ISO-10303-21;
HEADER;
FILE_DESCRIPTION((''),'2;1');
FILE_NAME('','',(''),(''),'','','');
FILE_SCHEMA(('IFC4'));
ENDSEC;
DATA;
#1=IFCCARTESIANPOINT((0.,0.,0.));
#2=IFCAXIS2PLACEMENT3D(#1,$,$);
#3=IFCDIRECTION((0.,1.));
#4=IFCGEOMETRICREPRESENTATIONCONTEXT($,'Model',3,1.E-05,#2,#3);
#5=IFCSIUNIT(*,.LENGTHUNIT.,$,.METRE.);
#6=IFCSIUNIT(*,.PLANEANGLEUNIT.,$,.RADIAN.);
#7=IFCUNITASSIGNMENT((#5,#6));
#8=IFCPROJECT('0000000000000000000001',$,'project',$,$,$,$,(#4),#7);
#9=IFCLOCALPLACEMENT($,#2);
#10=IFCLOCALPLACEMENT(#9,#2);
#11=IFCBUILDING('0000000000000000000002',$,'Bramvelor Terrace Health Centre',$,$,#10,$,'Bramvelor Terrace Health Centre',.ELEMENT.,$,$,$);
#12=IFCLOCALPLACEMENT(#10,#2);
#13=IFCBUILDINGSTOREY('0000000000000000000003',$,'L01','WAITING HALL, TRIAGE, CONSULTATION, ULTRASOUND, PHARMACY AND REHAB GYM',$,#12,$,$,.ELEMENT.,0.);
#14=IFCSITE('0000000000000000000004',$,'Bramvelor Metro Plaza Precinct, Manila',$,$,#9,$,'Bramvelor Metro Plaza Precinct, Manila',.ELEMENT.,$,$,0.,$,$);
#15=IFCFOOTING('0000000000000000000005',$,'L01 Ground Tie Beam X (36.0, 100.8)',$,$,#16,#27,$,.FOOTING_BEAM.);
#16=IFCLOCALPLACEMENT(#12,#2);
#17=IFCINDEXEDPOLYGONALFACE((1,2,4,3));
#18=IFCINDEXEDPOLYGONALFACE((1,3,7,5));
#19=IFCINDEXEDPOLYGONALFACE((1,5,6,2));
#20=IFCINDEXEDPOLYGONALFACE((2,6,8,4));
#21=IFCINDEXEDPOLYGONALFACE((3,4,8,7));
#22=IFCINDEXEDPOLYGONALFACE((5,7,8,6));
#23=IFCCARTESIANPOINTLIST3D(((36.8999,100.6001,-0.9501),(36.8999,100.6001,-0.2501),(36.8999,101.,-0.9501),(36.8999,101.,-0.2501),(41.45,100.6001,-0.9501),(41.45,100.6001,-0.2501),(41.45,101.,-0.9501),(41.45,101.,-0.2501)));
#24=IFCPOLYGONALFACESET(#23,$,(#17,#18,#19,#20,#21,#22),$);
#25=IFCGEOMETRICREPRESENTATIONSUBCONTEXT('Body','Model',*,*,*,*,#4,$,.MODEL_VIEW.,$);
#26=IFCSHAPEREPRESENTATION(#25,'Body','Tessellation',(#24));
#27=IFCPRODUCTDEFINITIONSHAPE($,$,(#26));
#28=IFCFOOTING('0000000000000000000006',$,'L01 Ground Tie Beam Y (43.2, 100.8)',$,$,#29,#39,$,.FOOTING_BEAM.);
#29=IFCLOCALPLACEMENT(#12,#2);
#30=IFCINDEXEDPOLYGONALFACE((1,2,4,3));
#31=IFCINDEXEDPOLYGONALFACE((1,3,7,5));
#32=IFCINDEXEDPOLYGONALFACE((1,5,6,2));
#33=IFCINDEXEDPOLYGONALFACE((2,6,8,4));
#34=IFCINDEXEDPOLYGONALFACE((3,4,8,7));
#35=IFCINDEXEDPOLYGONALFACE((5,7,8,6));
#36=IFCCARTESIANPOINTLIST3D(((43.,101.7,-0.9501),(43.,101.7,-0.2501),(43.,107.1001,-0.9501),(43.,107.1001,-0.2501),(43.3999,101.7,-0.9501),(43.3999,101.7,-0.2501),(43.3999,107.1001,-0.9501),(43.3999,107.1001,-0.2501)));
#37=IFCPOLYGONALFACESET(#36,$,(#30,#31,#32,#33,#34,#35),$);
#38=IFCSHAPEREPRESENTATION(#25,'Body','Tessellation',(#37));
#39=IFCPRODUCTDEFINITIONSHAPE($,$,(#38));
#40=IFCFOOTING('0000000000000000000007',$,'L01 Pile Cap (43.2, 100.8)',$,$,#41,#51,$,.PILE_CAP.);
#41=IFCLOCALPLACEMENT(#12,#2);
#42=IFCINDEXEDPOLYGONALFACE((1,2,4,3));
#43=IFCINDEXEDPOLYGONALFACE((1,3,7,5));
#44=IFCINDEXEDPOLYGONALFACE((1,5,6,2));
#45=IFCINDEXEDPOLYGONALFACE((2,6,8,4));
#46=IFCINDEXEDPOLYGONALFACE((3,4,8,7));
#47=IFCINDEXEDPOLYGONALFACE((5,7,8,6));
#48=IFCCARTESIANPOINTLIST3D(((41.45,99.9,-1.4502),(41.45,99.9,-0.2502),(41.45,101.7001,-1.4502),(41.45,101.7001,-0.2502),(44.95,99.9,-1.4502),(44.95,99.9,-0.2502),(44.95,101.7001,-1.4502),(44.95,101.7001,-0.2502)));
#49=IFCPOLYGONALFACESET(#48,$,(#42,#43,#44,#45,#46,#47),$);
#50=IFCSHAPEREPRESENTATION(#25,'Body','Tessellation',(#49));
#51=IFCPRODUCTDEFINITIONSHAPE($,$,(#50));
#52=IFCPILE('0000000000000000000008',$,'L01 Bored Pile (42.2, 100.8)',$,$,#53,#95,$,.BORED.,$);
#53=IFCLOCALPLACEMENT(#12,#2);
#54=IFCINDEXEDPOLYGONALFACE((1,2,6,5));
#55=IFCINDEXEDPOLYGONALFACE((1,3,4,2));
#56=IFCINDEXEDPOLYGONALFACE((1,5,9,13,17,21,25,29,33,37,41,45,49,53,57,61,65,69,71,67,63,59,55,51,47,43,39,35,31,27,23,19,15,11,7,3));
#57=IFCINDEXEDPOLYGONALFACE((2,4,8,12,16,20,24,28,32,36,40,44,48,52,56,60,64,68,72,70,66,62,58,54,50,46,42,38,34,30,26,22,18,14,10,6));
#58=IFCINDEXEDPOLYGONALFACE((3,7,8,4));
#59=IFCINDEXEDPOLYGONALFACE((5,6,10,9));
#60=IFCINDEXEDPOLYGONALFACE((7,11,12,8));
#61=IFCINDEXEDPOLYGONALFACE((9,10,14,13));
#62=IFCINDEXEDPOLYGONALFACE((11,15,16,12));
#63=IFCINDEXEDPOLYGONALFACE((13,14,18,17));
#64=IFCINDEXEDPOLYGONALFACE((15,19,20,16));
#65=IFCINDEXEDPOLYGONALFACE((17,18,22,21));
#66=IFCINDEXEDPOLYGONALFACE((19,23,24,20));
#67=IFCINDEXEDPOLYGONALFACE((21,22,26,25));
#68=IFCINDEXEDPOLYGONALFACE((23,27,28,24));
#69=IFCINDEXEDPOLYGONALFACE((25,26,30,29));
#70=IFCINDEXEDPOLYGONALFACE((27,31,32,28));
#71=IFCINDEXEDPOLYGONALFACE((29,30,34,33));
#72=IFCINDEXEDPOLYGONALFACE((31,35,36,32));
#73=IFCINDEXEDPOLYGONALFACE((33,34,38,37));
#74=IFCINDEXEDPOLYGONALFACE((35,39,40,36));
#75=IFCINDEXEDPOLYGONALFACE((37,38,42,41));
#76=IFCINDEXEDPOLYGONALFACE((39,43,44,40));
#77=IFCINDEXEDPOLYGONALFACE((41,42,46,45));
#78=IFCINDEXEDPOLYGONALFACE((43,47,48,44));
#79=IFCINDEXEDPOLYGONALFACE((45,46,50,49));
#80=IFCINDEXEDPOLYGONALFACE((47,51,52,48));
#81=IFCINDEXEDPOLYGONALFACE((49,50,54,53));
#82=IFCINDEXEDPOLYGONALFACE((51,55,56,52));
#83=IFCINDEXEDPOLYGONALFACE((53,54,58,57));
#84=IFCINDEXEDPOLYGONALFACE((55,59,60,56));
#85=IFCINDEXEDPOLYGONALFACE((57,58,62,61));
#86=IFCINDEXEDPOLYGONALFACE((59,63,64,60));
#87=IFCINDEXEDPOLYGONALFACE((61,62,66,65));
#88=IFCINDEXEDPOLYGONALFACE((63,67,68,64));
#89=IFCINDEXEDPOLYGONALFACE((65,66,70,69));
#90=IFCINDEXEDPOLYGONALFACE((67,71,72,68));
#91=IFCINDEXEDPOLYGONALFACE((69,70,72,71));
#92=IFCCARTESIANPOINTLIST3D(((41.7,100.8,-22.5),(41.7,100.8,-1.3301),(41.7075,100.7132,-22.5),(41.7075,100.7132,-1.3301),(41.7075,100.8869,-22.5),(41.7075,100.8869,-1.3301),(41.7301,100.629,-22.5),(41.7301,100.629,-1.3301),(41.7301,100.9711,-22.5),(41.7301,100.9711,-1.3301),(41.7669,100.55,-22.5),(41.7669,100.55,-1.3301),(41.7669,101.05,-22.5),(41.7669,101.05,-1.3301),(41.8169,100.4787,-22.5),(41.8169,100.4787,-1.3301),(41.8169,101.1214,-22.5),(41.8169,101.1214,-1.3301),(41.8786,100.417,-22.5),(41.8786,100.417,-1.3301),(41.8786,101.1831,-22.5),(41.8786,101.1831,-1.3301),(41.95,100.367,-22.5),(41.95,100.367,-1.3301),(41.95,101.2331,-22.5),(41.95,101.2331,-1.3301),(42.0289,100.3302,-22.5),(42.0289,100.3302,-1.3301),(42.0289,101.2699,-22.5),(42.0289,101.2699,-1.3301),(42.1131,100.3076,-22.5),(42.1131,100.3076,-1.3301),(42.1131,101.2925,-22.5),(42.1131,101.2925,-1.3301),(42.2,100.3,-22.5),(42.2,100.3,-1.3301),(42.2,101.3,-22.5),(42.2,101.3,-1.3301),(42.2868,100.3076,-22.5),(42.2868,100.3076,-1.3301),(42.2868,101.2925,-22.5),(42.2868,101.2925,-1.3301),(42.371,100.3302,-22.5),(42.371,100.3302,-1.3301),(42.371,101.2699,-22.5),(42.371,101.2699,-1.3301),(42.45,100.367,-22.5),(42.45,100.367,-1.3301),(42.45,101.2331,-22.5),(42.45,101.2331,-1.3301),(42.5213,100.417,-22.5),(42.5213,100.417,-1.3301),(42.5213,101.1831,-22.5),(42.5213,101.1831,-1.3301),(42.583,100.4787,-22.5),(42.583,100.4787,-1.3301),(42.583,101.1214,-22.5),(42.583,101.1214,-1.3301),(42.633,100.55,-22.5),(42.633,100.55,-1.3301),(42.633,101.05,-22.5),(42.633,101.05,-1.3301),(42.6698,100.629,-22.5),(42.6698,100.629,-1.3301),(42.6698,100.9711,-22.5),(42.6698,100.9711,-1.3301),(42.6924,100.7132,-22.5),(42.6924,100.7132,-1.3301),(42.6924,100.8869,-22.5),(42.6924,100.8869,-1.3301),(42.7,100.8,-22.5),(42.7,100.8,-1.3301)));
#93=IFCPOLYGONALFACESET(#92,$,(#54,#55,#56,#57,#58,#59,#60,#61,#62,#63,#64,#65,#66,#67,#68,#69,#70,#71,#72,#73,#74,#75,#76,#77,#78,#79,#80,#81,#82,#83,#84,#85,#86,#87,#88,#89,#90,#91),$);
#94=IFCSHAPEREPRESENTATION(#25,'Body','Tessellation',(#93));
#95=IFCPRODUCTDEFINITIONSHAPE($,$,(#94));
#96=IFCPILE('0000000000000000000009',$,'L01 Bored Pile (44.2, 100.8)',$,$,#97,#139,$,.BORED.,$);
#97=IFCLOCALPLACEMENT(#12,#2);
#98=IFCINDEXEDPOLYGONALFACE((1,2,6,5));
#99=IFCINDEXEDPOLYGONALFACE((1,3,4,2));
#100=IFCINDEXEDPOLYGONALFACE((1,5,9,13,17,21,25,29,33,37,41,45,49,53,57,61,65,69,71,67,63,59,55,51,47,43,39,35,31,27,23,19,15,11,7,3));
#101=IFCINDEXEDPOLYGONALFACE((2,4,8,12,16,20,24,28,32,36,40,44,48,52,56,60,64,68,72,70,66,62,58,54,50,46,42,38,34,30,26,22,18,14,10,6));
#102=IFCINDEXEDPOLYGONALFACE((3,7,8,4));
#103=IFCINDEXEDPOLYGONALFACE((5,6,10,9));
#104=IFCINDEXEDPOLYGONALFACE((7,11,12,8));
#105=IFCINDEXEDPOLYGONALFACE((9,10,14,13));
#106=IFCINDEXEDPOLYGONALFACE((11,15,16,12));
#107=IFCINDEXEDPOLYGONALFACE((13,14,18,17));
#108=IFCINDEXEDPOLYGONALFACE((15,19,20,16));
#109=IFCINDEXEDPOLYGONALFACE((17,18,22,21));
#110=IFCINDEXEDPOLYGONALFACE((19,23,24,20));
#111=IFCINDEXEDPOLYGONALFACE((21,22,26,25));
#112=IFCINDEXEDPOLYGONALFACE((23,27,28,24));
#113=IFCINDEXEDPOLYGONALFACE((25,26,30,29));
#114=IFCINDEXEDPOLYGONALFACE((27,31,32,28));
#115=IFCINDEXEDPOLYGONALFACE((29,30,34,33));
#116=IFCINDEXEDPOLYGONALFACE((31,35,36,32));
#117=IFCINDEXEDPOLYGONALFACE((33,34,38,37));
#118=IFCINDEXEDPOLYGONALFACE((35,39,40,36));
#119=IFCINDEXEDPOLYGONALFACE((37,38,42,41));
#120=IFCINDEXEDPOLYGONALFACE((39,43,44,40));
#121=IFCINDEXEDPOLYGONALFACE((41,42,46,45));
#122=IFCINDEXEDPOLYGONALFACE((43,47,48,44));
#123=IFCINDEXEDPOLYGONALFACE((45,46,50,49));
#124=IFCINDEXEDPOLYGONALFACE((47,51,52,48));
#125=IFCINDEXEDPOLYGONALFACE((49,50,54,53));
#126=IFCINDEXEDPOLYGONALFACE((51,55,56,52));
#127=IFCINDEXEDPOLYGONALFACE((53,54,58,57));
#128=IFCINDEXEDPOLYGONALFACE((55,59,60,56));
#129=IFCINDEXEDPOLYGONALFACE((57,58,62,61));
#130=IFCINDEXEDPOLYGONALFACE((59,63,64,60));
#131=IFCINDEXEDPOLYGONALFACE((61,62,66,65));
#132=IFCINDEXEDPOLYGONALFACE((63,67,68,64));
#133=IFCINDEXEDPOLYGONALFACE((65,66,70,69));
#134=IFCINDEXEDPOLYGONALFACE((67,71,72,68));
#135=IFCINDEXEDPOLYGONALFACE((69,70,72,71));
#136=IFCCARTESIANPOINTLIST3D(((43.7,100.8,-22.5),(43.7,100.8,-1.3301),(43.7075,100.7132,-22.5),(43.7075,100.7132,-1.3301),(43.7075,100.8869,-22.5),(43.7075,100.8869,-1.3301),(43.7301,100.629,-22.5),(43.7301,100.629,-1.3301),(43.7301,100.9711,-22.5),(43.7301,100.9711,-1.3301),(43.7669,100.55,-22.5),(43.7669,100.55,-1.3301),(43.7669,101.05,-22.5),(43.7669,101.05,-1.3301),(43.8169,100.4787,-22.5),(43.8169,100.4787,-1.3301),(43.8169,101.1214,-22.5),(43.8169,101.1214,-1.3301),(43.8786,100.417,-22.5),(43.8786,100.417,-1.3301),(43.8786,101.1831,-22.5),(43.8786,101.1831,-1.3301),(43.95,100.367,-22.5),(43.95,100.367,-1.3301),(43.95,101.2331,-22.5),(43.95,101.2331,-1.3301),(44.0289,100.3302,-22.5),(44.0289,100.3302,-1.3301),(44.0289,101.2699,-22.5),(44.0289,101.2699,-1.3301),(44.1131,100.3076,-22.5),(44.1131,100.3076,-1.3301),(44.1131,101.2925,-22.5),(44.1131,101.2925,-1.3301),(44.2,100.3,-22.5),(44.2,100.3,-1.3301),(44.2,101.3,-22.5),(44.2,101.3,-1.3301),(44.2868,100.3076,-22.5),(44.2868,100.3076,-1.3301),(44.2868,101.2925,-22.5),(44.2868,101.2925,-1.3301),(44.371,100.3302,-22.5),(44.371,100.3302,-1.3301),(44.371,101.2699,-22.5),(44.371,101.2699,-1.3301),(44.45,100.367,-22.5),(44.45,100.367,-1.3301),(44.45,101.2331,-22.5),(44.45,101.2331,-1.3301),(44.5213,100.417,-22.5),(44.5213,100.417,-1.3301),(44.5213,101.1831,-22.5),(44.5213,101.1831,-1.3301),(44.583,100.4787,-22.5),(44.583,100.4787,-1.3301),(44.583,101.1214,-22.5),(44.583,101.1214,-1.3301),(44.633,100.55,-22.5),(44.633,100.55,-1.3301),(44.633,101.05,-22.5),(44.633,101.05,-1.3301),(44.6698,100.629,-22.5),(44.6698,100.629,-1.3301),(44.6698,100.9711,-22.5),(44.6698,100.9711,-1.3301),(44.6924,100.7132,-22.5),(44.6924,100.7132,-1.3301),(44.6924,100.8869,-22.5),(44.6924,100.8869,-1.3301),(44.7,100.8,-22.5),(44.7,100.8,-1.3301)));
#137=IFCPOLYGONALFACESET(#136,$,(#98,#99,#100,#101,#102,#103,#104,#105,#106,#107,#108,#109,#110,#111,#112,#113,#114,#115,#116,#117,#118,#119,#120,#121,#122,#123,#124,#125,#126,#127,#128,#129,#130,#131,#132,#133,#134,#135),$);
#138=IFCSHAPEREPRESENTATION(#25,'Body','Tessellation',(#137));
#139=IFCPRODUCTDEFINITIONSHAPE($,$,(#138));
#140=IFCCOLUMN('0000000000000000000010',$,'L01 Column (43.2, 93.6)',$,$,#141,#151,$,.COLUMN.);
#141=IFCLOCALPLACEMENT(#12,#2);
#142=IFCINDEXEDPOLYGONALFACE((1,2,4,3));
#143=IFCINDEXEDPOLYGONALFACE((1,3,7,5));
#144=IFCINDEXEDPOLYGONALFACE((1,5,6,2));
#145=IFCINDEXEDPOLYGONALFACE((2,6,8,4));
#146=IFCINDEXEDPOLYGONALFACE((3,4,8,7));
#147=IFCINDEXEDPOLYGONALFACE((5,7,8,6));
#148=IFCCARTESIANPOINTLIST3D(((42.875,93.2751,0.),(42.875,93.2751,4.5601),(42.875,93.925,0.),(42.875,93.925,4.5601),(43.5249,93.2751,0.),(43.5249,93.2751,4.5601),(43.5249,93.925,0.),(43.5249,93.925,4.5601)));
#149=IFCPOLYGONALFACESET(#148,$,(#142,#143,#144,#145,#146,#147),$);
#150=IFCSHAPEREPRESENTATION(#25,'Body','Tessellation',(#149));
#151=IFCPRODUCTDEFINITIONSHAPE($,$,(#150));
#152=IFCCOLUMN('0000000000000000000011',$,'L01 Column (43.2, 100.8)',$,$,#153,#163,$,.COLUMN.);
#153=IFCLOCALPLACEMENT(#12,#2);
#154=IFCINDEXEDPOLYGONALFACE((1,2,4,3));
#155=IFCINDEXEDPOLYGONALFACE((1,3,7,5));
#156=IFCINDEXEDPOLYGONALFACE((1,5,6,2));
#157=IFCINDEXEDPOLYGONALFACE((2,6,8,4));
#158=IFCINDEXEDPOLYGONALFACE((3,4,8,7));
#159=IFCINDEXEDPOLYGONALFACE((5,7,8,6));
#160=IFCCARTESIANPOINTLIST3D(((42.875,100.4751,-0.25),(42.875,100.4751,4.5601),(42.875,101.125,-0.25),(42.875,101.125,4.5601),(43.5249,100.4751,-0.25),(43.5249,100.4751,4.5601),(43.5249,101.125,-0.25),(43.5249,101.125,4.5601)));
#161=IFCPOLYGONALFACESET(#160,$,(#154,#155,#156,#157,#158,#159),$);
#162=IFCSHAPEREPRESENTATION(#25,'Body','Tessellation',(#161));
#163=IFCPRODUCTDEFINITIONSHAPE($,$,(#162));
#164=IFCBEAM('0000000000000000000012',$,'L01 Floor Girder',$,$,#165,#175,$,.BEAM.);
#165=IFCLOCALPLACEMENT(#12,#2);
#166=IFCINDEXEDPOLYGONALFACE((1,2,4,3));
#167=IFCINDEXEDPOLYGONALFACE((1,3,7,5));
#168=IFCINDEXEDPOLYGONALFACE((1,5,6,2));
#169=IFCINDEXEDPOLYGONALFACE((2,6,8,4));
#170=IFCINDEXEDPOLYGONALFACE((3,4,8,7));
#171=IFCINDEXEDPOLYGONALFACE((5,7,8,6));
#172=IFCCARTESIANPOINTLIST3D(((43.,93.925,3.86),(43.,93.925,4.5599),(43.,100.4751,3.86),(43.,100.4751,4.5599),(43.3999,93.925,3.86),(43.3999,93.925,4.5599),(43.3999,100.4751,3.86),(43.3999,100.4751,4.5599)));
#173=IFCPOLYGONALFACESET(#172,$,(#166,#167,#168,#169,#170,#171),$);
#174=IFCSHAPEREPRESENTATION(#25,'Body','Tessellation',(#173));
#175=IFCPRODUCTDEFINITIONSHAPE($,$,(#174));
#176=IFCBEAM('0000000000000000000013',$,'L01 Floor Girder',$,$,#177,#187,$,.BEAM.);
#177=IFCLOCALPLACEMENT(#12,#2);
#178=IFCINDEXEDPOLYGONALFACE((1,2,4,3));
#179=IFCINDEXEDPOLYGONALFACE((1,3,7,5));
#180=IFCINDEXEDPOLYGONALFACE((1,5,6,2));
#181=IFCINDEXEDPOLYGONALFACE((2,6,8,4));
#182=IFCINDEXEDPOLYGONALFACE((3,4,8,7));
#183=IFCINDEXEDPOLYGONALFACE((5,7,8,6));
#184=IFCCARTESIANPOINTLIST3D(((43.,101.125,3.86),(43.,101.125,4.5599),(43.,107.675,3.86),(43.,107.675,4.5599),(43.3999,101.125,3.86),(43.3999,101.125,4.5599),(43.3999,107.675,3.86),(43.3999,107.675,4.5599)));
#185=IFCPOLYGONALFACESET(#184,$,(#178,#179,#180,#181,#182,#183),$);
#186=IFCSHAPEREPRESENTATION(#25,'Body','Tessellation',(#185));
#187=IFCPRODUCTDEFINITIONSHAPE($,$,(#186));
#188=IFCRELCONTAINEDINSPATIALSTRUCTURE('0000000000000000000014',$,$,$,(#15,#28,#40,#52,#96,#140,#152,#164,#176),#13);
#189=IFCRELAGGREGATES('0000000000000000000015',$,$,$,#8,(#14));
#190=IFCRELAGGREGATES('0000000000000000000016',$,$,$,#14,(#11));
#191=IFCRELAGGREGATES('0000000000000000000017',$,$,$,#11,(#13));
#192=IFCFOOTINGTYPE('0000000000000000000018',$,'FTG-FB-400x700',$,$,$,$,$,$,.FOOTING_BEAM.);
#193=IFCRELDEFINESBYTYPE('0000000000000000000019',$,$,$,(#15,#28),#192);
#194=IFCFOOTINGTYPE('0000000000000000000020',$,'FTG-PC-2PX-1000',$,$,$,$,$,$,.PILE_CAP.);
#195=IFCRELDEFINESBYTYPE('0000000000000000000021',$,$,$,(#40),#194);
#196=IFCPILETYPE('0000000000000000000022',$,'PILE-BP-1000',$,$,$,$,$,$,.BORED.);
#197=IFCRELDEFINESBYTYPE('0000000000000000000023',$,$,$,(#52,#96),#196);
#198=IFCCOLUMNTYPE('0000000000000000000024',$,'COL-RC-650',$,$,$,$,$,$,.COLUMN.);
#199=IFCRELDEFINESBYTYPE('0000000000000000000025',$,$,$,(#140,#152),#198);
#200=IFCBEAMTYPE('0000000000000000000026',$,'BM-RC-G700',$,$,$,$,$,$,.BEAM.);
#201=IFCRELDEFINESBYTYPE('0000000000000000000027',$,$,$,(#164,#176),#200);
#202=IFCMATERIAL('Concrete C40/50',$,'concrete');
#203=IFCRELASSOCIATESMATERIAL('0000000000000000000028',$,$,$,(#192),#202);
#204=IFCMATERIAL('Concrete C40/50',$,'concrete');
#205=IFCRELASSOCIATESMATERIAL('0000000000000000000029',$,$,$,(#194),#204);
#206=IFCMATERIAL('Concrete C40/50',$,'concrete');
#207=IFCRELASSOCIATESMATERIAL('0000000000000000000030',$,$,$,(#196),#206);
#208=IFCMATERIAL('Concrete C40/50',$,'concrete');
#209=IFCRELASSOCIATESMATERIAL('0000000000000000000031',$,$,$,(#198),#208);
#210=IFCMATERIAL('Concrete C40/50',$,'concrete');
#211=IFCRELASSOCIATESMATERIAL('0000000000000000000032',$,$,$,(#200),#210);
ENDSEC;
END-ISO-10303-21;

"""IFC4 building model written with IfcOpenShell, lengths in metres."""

from ifc_helpers import new_model, si_unit, direction, frame, origin, origin_2d, place, context, subcontext, project, spatial, rectangle, circle, extrude, material, material_profile, profile_set, type_object, element, save


model = new_model("IFC4")

# Units and contexts
model_context = context("Model", 3, precision=1e-05, world=origin(), true_north=direction((0.0, 1.0)))
body_context = subcontext(model_context, "Body", "Model", "MODEL_VIEW")
ifc_project = project(units=[si_unit("LENGTHUNIT", "METRE"), si_unit("PLANEANGLEUNIT", "RADIAN")], contexts=[model_context])

# Site, building, storey
site_placement = place(None, origin())
site = spatial("IfcSite", under=ifc_project, at=site_placement, Name="Bramvelor Metro Plaza Precinct, Manila", LongName="Bramvelor Metro Plaza Precinct, Manila", CompositionType="ELEMENT", RefElevation=0.0)
building_placement = place(site_placement, origin())
building = spatial("IfcBuilding", under=site, at=building_placement, Name="Bramvelor Terrace Health Centre", LongName="Bramvelor Terrace Health Centre", CompositionType="ELEMENT")
storey_placement = place(building_placement, origin())
storey = spatial("IfcBuildingStorey", under=building, at=storey_placement, Name="L01", Description="WAITING HALL, TRIAGE, CONSULTATION, ULTRASOUND, PHARMACY AND REHAB GYM", CompositionType="ELEMENT", Elevation=0.0)

# Footings
ifc_material_1 = material(Name="Concrete C40/50", Category="concrete")
ifc_material_profile_1 = material_profile(ifc_material_1, rectangle(XDim=0.3999, YDim=0.7, at=origin_2d()), Name="RC 400x700")
ifc_profile_set_1 = profile_set([ifc_material_profile_1], Name="Concrete C40/50")
footing_type_1 = type_object("IfcFootingType", Name="FTG-FB-400x700", PredefinedType="FOOTING_BEAM", material=ifc_profile_set_1)
footing_1_placement = place(storey_placement, frame((36.8999, 100.8, -0.6001), z_axis=(1.0, 0.0, 0.0), x_axis=(0.0, 1.0, 0.0)))
element("IfcFooting", 1, at=footing_1_placement, inside=storey, type_object=footing_type_1, Name="L01 Ground Tie Beam X (36.0, 100.8)", PredefinedType="FOOTING_BEAM", context=body_context, shape_type="SweptSolid", body=[
    extrude(rectangle(XDim=0.3999, YDim=0.7, at=origin_2d()), origin(), (0.0, 0.0, 1.0), 4.55),
])
footing_2_placement = place(storey_placement, frame((43.2, 101.7, -0.6001), z_axis=(0.0, 1.0, 0.0), x_axis=(-1.0, 0.0, 0.0)))
element("IfcFooting", 2, at=footing_2_placement, inside=storey, type_object=footing_type_1, Name="L01 Ground Tie Beam Y (43.2, 100.8)", PredefinedType="FOOTING_BEAM", context=body_context, shape_type="SweptSolid", body=[
    extrude(rectangle(XDim=0.3999, YDim=0.7, at=origin_2d()), origin(), (0.0, 0.0, 1.0), 5.4001),
])
ifc_material_2 = material(Name="Concrete C40/50", Category="concrete")
footing_type_2 = type_object("IfcFootingType", Name="FTG-PC-2PX-1000", PredefinedType="PILE_CAP", material=ifc_material_2)
footing_3_placement = place(storey_placement, frame((43.2, 100.8, -1.4502), z_axis=(0.0, 0.0, 1.0), x_axis=(1.0, 0.0, 0.0)))
element("IfcFooting", 3, at=footing_3_placement, inside=storey, type_object=footing_type_2, Name="L01 Pile Cap (43.2, 100.8)", PredefinedType="PILE_CAP", context=body_context, shape_type="SweptSolid", body=[
    extrude(rectangle(XDim=3.5, YDim=1.8, at=origin_2d()), origin(), (0.0, 0.0, 1.0), 1.2),
])

# Piles
ifc_material_3 = material(Name="Concrete C40/50", Category="concrete")
ifc_material_profile_2 = material_profile(ifc_material_3, circle(Radius=0.5, at=origin_2d()), Name="BP D1000")
ifc_profile_set_2 = profile_set([ifc_material_profile_2], Name="Concrete C40/50")
pile_type = type_object("IfcPileType", Name="PILE-BP-1000", PredefinedType="BORED", material=ifc_profile_set_2)
for number, where, z_axis, x_axis, name in (
    (4, (42.2, 100.8, -1.3301), (0.0, 0.0, -1.0), (1.0, 0.0, 0.0), "L01 Bored Pile (42.2, 100.8)"),
    (5, (44.2, 100.8, -1.3301), (0.0, 0.0, -1.0), (1.0, 0.0, 0.0), "L01 Bored Pile (44.2, 100.8)"),
):
    element("IfcPile", number, at=place(storey_placement, frame(where, z_axis=z_axis, x_axis=x_axis)), inside=storey, type_object=pile_type, Name=name, PredefinedType="BORED", context=body_context, shape_type="SweptSolid", body=[
        extrude(circle(Radius=0.5, at=origin_2d()), origin(), (0.0, 0.0, 1.0), 21.1699),
    ])

# Columns
ifc_material_4 = material(Name="Concrete C40/50", Category="concrete")
ifc_material_profile_3 = material_profile(ifc_material_4, rectangle(XDim=0.6499, YDim=0.6499, at=origin_2d()), Name="RC 650x650")
ifc_profile_set_3 = profile_set([ifc_material_profile_3], Name="Concrete C40/50")
column_type = type_object("IfcColumnType", Name="COL-RC-650", PredefinedType="COLUMN", material=ifc_profile_set_3)
column_1_placement = place(storey_placement, frame((43.2, 93.6001, 0.0), z_axis=(0.0, 0.0, 1.0), x_axis=(1.0, 0.0, 0.0)))
element("IfcColumn", 6, at=column_1_placement, inside=storey, type_object=column_type, Name="L01 Column (43.2, 93.6)", PredefinedType="COLUMN", context=body_context, shape_type="SweptSolid", body=[
    extrude(rectangle(XDim=0.6499, YDim=0.6499, at=origin_2d()), origin(), (0.0, 0.0, 1.0), 4.5601),
])
column_2_placement = place(storey_placement, frame((43.2, 100.8, -0.25), z_axis=(0.0, 0.0, 1.0), x_axis=(1.0, 0.0, 0.0)))
element("IfcColumn", 7, at=column_2_placement, inside=storey, type_object=column_type, Name="L01 Column (43.2, 100.8)", PredefinedType="COLUMN", context=body_context, shape_type="SweptSolid", body=[
    extrude(rectangle(XDim=0.6499, YDim=0.6499, at=origin_2d()), origin(), (0.0, 0.0, 1.0), 4.8101),
])

# Beams
ifc_material_5 = material(Name="Concrete C40/50", Category="concrete")
ifc_material_profile_4 = material_profile(ifc_material_5, rectangle(XDim=0.3999, YDim=0.7, at=origin_2d()), Name="RC 400x700")
ifc_profile_set_4 = profile_set([ifc_material_profile_4], Name="Concrete C40/50")
beam_type_1 = type_object("IfcBeamType", Name="BM-RC-G700", PredefinedType="BEAM", material=ifc_profile_set_4)
for number, where, z_axis, x_axis, name in (
    (8, (43.2, 93.925, 4.21), (0.0, 1.0, 0.0), (-1.0, 0.0, 0.0), "L01 Floor Girder"),
    (9, (43.2, 101.125, 4.21), (0.0, 1.0, 0.0), (-1.0, 0.0, 0.0), "L01 Floor Girder"),
):
    element("IfcBeam", number, at=place(storey_placement, frame(where, z_axis=z_axis, x_axis=x_axis)), inside=storey, type_object=beam_type_1, Name=name, PredefinedType="BEAM", context=body_context, shape_type="SweptSolid", body=[
        extrude(rectangle(XDim=0.3999, YDim=0.7, at=origin_2d()), origin(), (0.0, 0.0, 1.0), 6.55),
    ])

save(model, "model.ifc")
